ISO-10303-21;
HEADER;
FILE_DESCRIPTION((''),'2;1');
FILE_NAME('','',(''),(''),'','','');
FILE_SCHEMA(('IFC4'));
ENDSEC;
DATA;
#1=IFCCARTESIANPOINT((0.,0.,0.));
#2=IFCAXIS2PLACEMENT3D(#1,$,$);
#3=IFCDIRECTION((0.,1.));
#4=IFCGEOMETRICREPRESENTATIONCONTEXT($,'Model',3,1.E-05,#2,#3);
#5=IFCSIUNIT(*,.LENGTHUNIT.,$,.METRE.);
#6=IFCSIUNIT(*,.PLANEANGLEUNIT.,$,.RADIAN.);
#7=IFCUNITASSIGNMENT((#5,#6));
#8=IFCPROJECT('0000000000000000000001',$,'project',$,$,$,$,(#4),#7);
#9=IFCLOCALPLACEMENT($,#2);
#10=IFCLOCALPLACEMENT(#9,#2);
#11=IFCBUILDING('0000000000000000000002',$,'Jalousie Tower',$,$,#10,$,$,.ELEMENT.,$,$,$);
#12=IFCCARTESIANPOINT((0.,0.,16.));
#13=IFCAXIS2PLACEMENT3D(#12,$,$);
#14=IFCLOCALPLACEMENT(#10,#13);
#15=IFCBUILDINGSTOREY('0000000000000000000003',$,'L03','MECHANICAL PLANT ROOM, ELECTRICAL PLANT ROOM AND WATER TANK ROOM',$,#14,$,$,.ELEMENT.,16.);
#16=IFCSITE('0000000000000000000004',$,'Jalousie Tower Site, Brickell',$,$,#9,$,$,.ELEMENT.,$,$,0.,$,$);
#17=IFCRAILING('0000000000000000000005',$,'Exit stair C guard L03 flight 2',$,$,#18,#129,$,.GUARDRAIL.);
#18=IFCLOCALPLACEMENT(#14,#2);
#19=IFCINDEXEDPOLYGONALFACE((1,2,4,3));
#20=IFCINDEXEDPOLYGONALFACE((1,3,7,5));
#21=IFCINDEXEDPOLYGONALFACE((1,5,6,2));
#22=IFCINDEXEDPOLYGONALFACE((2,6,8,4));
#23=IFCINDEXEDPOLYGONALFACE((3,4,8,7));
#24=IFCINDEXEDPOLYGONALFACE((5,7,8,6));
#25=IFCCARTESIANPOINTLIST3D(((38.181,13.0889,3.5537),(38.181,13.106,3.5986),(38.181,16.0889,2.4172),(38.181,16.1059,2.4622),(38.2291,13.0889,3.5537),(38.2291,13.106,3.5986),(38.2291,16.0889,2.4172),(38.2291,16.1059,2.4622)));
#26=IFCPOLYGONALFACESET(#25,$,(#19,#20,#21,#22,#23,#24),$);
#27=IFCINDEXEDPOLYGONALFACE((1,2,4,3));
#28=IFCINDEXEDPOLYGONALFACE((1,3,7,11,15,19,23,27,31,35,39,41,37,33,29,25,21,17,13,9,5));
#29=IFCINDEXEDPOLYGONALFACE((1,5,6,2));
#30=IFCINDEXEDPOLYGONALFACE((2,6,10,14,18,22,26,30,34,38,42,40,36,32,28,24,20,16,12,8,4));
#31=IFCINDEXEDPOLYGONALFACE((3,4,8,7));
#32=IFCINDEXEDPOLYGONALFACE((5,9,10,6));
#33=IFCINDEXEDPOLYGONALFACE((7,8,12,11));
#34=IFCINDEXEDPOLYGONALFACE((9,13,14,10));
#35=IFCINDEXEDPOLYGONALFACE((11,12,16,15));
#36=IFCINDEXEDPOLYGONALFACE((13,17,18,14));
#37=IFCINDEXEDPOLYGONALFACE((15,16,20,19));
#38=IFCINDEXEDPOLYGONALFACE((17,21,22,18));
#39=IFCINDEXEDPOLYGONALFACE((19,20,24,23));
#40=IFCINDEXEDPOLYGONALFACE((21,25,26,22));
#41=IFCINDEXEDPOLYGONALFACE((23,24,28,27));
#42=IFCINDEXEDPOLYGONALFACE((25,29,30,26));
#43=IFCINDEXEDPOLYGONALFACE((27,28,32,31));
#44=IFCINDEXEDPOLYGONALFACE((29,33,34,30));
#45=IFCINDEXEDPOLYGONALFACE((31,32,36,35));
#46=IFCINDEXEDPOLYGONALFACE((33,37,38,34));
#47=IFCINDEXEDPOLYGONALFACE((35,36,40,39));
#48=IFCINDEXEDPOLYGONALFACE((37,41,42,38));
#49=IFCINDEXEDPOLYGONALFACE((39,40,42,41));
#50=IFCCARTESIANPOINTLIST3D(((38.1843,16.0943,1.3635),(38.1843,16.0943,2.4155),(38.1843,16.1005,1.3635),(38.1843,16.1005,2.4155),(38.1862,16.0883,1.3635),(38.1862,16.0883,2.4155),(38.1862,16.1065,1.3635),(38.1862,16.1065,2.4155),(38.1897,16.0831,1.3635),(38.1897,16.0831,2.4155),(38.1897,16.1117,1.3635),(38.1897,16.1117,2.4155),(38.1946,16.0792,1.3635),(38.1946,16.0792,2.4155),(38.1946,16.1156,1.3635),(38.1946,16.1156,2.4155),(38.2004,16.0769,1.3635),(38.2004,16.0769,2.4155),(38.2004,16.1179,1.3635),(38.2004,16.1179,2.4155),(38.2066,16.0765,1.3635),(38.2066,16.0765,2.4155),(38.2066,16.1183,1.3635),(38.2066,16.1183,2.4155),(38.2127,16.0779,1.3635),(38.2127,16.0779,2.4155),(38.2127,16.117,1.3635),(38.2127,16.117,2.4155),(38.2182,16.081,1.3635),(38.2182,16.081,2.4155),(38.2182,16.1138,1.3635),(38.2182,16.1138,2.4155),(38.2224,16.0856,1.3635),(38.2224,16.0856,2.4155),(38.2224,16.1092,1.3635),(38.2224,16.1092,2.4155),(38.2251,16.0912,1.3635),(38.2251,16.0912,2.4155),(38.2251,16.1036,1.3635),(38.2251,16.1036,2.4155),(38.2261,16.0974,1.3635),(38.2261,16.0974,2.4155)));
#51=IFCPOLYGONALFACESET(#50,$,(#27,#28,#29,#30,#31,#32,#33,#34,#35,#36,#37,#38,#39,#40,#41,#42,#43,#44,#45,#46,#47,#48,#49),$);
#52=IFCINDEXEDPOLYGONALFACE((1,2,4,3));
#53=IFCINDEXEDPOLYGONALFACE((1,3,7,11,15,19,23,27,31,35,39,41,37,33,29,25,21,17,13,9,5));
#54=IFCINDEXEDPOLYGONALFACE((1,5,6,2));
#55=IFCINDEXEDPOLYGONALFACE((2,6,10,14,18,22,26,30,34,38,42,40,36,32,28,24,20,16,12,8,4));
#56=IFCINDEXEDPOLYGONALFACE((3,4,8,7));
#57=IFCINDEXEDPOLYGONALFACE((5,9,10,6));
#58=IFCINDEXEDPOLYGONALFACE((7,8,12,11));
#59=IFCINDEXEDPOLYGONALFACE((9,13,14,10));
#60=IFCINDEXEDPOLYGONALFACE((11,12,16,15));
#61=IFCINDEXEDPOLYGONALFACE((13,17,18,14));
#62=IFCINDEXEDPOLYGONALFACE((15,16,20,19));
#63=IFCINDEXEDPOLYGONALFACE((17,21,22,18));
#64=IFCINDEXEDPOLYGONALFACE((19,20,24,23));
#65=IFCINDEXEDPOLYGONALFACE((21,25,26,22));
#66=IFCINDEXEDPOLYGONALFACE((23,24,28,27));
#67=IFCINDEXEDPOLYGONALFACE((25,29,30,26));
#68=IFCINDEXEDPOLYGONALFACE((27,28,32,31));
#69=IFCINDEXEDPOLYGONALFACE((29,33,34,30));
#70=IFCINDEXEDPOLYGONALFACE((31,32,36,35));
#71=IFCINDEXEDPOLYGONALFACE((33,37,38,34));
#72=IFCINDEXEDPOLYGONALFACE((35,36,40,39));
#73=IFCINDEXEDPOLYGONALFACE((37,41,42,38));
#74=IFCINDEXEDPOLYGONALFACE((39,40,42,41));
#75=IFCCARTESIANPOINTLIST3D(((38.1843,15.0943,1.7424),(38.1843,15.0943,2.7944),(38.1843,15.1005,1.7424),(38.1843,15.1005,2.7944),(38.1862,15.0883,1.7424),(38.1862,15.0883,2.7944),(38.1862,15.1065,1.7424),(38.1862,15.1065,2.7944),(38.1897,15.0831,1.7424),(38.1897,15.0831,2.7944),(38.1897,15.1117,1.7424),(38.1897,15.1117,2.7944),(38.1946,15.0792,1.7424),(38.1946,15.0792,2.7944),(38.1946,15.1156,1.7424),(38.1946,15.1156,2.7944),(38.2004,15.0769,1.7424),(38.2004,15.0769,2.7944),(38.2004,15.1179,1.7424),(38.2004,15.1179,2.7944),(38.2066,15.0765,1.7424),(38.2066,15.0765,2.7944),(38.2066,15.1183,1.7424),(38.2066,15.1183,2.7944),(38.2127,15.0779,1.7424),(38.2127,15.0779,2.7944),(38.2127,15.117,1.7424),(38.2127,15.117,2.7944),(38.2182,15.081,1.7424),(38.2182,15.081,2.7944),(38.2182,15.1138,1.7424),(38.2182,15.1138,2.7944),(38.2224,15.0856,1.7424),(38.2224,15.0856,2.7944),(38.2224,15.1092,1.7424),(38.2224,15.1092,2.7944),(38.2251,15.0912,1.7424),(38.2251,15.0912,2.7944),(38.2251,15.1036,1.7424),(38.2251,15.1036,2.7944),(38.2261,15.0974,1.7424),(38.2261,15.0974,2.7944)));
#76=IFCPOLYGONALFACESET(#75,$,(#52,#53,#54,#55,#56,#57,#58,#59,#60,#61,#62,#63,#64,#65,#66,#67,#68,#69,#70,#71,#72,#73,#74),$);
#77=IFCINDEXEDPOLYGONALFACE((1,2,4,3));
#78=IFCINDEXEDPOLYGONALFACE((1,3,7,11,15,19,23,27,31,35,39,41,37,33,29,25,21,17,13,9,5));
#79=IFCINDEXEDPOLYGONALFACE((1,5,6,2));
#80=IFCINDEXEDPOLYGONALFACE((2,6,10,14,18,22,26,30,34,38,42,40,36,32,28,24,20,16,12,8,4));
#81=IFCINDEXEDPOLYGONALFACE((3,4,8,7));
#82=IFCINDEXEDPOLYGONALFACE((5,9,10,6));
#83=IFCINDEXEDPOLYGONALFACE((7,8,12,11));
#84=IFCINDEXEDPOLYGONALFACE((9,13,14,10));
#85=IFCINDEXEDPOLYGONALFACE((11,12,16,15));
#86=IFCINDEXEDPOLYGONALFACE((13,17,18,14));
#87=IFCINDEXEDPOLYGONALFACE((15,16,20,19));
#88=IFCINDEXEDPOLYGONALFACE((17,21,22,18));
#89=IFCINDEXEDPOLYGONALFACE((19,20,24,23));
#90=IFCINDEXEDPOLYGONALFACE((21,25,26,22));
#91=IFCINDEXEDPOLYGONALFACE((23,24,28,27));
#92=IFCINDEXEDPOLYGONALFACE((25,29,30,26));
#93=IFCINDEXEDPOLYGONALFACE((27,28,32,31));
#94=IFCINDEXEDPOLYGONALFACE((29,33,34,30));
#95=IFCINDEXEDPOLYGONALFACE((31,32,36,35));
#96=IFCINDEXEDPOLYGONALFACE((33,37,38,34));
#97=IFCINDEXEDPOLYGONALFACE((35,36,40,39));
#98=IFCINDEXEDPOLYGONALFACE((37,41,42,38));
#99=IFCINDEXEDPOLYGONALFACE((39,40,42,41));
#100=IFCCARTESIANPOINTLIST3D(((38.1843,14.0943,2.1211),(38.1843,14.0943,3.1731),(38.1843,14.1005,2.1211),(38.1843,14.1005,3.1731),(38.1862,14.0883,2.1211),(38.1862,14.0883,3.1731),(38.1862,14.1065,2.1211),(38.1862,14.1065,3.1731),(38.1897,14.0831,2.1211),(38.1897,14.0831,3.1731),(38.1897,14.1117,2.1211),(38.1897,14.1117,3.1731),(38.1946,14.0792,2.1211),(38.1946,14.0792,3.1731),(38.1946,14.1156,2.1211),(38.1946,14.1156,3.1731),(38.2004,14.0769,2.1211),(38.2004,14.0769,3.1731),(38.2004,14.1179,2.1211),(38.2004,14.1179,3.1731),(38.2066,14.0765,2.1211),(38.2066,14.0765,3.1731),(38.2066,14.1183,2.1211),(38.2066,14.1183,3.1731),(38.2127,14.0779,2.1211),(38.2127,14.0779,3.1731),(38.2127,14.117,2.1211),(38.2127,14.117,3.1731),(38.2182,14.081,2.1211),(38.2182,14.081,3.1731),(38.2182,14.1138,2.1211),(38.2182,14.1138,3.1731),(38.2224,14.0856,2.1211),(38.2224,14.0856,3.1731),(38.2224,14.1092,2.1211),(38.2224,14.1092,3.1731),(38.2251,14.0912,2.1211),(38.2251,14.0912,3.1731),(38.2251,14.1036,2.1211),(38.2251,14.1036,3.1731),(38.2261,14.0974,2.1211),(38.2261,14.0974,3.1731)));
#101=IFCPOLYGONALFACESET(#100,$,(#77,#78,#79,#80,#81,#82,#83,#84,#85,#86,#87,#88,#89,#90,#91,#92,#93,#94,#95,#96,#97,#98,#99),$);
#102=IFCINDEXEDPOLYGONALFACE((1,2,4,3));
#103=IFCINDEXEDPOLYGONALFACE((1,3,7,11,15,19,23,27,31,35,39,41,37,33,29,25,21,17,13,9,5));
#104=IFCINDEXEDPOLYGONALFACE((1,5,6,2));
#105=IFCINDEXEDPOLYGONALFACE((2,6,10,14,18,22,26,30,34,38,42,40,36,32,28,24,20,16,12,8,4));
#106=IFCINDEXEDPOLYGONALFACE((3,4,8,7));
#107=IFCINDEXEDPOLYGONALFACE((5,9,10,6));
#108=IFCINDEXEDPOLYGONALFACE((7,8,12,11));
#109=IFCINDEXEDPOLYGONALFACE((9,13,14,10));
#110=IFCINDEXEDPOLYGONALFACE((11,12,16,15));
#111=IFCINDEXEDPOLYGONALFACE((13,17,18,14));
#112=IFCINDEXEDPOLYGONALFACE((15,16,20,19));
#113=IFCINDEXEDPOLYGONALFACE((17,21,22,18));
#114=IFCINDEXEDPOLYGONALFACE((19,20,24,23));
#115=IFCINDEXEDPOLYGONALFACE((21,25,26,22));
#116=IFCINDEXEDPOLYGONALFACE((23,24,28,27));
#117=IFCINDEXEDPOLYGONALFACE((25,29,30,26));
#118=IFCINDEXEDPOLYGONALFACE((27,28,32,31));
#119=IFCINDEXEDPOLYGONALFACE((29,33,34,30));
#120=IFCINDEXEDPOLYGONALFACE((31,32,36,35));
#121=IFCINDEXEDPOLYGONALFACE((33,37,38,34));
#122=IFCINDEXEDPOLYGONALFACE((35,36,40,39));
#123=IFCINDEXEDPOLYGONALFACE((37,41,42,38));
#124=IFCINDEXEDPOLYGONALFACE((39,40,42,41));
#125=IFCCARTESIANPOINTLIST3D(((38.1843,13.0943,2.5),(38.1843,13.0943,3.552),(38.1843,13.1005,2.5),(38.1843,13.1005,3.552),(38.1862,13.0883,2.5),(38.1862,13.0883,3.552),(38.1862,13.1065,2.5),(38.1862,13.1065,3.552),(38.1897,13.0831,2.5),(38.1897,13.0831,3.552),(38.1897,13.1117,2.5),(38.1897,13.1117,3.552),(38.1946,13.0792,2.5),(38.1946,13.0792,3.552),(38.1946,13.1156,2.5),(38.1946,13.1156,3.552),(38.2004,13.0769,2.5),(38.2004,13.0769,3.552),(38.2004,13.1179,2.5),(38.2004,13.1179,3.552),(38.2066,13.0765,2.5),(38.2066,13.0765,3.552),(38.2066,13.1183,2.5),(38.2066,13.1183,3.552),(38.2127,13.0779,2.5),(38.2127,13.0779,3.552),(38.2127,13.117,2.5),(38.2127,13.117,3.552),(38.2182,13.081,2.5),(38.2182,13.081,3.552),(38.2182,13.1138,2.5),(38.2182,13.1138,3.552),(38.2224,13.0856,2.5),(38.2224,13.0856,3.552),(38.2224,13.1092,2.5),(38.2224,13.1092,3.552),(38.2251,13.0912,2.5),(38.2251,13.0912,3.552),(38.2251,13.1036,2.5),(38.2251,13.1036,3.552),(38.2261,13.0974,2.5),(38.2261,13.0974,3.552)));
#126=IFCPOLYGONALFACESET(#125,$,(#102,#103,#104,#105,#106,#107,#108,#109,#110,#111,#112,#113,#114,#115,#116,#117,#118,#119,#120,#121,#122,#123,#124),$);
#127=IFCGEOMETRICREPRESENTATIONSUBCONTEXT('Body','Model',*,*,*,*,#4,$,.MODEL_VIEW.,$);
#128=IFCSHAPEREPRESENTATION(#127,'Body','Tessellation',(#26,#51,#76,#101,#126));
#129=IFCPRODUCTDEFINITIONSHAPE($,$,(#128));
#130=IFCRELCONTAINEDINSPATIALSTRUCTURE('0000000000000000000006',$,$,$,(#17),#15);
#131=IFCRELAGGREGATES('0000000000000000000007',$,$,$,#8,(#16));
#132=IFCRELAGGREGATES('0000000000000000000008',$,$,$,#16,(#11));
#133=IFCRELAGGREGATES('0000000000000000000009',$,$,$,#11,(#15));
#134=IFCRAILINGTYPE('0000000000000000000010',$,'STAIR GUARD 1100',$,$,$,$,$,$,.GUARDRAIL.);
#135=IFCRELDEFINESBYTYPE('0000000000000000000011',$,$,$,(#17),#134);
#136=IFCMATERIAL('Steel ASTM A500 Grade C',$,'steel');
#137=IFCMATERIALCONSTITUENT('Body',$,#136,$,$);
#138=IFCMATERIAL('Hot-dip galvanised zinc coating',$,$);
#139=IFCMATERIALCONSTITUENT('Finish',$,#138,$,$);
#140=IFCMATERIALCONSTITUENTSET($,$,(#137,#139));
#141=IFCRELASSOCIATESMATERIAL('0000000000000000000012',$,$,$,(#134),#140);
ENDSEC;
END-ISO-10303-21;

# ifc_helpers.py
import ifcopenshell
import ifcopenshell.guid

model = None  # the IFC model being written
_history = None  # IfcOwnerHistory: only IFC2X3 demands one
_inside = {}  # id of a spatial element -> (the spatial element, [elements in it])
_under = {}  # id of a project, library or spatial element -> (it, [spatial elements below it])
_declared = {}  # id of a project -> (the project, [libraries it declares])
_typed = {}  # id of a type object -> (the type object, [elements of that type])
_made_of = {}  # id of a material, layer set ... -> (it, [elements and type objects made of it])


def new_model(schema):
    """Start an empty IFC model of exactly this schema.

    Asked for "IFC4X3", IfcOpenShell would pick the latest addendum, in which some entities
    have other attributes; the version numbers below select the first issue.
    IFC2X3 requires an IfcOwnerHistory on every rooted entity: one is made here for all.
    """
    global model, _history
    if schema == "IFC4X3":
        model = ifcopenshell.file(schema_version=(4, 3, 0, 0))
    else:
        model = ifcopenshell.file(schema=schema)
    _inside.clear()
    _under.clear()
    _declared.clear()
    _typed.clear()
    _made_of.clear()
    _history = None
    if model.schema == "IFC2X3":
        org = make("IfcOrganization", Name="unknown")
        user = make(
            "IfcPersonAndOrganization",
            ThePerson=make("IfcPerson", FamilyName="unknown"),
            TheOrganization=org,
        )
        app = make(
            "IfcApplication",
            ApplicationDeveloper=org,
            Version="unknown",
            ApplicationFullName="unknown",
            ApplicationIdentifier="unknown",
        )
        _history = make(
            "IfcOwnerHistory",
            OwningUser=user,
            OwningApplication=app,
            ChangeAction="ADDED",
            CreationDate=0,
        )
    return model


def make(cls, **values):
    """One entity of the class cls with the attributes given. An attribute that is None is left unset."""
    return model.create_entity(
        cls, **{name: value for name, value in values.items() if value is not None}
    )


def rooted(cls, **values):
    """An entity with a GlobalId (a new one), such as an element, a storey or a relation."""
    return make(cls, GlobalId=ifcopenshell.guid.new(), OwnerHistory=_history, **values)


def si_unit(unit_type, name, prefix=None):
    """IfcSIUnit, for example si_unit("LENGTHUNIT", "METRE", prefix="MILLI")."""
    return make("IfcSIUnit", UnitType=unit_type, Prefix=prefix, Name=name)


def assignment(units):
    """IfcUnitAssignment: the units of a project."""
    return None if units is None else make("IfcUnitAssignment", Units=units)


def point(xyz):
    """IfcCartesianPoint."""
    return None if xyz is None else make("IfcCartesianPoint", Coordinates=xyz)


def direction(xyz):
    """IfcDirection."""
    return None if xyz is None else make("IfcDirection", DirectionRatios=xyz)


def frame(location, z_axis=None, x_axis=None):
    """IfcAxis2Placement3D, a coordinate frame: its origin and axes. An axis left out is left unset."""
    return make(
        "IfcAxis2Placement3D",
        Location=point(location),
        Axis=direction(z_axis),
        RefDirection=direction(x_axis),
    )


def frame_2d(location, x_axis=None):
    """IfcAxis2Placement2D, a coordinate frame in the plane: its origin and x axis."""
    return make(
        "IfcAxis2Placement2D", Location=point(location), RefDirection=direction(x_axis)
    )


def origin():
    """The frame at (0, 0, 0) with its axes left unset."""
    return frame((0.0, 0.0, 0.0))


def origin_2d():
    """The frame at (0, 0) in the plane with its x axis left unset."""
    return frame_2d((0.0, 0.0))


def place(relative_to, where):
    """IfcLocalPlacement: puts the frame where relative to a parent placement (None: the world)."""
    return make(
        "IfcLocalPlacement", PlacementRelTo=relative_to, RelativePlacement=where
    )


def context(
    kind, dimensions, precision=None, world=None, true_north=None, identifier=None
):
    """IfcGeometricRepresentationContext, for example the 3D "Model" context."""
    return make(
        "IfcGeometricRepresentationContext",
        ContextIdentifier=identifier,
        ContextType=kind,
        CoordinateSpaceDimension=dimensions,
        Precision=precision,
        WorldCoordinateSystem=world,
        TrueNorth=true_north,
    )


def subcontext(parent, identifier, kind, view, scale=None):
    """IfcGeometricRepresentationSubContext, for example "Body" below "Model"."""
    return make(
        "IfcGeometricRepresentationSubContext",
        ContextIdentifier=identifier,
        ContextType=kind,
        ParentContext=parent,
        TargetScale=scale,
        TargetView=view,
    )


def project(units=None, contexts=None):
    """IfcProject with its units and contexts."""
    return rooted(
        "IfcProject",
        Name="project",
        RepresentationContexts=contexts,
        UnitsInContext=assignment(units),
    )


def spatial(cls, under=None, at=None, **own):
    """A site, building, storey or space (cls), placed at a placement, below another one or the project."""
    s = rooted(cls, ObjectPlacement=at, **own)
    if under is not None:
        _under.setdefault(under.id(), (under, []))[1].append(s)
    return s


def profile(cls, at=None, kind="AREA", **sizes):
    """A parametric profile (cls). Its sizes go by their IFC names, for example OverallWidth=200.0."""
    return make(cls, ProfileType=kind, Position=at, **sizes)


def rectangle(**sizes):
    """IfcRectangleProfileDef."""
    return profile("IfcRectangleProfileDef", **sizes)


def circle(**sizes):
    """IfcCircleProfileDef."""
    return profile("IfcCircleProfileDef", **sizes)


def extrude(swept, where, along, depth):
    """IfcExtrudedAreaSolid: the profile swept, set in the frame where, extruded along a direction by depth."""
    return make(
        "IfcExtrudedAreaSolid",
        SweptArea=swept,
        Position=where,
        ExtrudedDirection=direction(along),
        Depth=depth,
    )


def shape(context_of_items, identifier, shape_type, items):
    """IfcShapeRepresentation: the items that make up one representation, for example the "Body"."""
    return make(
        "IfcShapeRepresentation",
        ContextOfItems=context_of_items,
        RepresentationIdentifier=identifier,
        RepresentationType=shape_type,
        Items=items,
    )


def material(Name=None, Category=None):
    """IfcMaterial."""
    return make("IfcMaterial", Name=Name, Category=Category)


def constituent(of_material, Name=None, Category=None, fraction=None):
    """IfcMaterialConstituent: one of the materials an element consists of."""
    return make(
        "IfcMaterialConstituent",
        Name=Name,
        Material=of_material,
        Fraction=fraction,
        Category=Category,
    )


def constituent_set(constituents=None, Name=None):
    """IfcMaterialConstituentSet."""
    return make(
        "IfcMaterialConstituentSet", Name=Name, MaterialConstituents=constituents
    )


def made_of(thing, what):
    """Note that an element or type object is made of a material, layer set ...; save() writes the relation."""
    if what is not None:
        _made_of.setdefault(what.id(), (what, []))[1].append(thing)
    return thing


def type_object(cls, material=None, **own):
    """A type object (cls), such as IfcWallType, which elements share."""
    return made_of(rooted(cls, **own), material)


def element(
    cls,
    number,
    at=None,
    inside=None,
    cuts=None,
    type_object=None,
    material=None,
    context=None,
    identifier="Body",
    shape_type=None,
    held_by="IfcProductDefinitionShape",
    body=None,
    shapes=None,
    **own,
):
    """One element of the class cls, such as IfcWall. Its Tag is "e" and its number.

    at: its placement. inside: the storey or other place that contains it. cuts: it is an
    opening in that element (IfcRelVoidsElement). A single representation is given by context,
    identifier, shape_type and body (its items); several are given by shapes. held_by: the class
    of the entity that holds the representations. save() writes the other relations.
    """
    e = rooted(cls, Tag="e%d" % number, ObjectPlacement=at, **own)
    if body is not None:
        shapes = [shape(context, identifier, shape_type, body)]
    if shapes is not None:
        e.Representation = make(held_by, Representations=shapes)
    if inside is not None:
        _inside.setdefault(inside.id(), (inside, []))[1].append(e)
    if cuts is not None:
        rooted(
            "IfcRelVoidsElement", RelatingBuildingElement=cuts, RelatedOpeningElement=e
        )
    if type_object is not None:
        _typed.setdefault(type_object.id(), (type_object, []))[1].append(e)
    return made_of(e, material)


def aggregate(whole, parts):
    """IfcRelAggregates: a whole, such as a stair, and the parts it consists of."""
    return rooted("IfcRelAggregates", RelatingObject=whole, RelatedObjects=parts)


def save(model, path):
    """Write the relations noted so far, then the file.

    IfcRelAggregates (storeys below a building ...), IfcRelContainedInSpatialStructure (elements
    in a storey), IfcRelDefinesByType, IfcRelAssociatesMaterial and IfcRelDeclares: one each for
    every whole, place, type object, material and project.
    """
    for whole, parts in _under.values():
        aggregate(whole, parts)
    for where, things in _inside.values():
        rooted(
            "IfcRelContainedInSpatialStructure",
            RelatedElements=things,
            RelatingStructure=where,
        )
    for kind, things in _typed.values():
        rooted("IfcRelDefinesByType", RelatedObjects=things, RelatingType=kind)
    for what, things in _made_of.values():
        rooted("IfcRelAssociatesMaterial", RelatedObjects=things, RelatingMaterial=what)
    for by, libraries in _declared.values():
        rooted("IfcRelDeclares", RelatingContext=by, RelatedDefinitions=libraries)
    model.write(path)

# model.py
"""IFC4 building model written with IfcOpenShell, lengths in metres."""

from ifc_helpers import new_model, si_unit, direction, frame, origin, origin_2d, place, context, subcontext, project, spatial, rectangle, circle, extrude, material, constituent, constituent_set, type_object, element, save


model = new_model("IFC4")

# Units and contexts
model_context = context("Model", 3, precision=1e-05, world=origin(), true_north=direction((0.0, 1.0)))
body_context = subcontext(model_context, "Body", "Model", "MODEL_VIEW")
ifc_project = project(units=[si_unit("LENGTHUNIT", "METRE"), si_unit("PLANEANGLEUNIT", "RADIAN")], contexts=[model_context])

# Site, building, storey
site_placement = place(None, origin())
site = spatial("IfcSite", under=ifc_project, at=site_placement, Name="Jalousie Tower Site, Brickell", CompositionType="ELEMENT", RefElevation=0.0)
building_placement = place(site_placement, origin())
building = spatial("IfcBuilding", under=site, at=building_placement, Name="Jalousie Tower", CompositionType="ELEMENT")
storey_placement = place(building_placement, frame((0.0, 0.0, 16.0)))
storey = spatial("IfcBuildingStorey", under=building, at=storey_placement, Name="L03", Description="MECHANICAL PLANT ROOM, ELECTRICAL PLANT ROOM AND WATER TANK ROOM", CompositionType="ELEMENT", Elevation=16.0)

# Railing
ifc_material_1 = material(Name="Steel ASTM A500 Grade C", Category="steel")
ifc_constituent_1 = constituent(ifc_material_1, Name="Body")
ifc_material_2 = material(Name="Hot-dip galvanised zinc coating")
ifc_constituent_2 = constituent(ifc_material_2, Name="Finish")
ifc_constituent_set_1 = constituent_set(constituents=[ifc_constituent_1, ifc_constituent_2])
railing_type_1 = type_object("IfcRailingType", Name="STAIR GUARD 1100", PredefinedType="GUARDRAIL", material=ifc_constituent_set_1)
railing_1_placement = place(storey_placement, frame((38.2051, 16.0974, 1.3635)))
element("IfcRailing", 1, at=railing_1_placement, inside=storey, type_object=railing_type_1, Name="Exit stair C guard L03 flight 2", PredefinedType="GUARDRAIL", context=body_context, shape_type="SweptSolid", body=[
    extrude(rectangle(XDim=0.0481, YDim=0.0481, at=origin_2d()), frame((0.0, 0.0, 1.0762), z_axis=(0.0, -0.935148, 0.354257), x_axis=(1.0, 0.0, 0.0)), (0.0, 0.0, 1.0), 3.208),
    extrude(circle(Radius=0.021, at=origin_2d()), origin(), (0.0, 0.0, 1.0), 1.052),
    extrude(circle(Radius=0.021, at=origin_2d()), frame((0.0, -1.0, 0.3789)), (0.0, 0.0, 1.0), 1.052),
    extrude(circle(Radius=0.021, at=origin_2d()), frame((0.0, -2.0, 0.7576)), (0.0, 0.0, 1.0), 1.052),
    extrude(circle(Radius=0.021, at=origin_2d()), frame((0.0, -3.0, 1.1365)), (0.0, 0.0, 1.0), 1.052),
])

save(model, "model.ifc")
